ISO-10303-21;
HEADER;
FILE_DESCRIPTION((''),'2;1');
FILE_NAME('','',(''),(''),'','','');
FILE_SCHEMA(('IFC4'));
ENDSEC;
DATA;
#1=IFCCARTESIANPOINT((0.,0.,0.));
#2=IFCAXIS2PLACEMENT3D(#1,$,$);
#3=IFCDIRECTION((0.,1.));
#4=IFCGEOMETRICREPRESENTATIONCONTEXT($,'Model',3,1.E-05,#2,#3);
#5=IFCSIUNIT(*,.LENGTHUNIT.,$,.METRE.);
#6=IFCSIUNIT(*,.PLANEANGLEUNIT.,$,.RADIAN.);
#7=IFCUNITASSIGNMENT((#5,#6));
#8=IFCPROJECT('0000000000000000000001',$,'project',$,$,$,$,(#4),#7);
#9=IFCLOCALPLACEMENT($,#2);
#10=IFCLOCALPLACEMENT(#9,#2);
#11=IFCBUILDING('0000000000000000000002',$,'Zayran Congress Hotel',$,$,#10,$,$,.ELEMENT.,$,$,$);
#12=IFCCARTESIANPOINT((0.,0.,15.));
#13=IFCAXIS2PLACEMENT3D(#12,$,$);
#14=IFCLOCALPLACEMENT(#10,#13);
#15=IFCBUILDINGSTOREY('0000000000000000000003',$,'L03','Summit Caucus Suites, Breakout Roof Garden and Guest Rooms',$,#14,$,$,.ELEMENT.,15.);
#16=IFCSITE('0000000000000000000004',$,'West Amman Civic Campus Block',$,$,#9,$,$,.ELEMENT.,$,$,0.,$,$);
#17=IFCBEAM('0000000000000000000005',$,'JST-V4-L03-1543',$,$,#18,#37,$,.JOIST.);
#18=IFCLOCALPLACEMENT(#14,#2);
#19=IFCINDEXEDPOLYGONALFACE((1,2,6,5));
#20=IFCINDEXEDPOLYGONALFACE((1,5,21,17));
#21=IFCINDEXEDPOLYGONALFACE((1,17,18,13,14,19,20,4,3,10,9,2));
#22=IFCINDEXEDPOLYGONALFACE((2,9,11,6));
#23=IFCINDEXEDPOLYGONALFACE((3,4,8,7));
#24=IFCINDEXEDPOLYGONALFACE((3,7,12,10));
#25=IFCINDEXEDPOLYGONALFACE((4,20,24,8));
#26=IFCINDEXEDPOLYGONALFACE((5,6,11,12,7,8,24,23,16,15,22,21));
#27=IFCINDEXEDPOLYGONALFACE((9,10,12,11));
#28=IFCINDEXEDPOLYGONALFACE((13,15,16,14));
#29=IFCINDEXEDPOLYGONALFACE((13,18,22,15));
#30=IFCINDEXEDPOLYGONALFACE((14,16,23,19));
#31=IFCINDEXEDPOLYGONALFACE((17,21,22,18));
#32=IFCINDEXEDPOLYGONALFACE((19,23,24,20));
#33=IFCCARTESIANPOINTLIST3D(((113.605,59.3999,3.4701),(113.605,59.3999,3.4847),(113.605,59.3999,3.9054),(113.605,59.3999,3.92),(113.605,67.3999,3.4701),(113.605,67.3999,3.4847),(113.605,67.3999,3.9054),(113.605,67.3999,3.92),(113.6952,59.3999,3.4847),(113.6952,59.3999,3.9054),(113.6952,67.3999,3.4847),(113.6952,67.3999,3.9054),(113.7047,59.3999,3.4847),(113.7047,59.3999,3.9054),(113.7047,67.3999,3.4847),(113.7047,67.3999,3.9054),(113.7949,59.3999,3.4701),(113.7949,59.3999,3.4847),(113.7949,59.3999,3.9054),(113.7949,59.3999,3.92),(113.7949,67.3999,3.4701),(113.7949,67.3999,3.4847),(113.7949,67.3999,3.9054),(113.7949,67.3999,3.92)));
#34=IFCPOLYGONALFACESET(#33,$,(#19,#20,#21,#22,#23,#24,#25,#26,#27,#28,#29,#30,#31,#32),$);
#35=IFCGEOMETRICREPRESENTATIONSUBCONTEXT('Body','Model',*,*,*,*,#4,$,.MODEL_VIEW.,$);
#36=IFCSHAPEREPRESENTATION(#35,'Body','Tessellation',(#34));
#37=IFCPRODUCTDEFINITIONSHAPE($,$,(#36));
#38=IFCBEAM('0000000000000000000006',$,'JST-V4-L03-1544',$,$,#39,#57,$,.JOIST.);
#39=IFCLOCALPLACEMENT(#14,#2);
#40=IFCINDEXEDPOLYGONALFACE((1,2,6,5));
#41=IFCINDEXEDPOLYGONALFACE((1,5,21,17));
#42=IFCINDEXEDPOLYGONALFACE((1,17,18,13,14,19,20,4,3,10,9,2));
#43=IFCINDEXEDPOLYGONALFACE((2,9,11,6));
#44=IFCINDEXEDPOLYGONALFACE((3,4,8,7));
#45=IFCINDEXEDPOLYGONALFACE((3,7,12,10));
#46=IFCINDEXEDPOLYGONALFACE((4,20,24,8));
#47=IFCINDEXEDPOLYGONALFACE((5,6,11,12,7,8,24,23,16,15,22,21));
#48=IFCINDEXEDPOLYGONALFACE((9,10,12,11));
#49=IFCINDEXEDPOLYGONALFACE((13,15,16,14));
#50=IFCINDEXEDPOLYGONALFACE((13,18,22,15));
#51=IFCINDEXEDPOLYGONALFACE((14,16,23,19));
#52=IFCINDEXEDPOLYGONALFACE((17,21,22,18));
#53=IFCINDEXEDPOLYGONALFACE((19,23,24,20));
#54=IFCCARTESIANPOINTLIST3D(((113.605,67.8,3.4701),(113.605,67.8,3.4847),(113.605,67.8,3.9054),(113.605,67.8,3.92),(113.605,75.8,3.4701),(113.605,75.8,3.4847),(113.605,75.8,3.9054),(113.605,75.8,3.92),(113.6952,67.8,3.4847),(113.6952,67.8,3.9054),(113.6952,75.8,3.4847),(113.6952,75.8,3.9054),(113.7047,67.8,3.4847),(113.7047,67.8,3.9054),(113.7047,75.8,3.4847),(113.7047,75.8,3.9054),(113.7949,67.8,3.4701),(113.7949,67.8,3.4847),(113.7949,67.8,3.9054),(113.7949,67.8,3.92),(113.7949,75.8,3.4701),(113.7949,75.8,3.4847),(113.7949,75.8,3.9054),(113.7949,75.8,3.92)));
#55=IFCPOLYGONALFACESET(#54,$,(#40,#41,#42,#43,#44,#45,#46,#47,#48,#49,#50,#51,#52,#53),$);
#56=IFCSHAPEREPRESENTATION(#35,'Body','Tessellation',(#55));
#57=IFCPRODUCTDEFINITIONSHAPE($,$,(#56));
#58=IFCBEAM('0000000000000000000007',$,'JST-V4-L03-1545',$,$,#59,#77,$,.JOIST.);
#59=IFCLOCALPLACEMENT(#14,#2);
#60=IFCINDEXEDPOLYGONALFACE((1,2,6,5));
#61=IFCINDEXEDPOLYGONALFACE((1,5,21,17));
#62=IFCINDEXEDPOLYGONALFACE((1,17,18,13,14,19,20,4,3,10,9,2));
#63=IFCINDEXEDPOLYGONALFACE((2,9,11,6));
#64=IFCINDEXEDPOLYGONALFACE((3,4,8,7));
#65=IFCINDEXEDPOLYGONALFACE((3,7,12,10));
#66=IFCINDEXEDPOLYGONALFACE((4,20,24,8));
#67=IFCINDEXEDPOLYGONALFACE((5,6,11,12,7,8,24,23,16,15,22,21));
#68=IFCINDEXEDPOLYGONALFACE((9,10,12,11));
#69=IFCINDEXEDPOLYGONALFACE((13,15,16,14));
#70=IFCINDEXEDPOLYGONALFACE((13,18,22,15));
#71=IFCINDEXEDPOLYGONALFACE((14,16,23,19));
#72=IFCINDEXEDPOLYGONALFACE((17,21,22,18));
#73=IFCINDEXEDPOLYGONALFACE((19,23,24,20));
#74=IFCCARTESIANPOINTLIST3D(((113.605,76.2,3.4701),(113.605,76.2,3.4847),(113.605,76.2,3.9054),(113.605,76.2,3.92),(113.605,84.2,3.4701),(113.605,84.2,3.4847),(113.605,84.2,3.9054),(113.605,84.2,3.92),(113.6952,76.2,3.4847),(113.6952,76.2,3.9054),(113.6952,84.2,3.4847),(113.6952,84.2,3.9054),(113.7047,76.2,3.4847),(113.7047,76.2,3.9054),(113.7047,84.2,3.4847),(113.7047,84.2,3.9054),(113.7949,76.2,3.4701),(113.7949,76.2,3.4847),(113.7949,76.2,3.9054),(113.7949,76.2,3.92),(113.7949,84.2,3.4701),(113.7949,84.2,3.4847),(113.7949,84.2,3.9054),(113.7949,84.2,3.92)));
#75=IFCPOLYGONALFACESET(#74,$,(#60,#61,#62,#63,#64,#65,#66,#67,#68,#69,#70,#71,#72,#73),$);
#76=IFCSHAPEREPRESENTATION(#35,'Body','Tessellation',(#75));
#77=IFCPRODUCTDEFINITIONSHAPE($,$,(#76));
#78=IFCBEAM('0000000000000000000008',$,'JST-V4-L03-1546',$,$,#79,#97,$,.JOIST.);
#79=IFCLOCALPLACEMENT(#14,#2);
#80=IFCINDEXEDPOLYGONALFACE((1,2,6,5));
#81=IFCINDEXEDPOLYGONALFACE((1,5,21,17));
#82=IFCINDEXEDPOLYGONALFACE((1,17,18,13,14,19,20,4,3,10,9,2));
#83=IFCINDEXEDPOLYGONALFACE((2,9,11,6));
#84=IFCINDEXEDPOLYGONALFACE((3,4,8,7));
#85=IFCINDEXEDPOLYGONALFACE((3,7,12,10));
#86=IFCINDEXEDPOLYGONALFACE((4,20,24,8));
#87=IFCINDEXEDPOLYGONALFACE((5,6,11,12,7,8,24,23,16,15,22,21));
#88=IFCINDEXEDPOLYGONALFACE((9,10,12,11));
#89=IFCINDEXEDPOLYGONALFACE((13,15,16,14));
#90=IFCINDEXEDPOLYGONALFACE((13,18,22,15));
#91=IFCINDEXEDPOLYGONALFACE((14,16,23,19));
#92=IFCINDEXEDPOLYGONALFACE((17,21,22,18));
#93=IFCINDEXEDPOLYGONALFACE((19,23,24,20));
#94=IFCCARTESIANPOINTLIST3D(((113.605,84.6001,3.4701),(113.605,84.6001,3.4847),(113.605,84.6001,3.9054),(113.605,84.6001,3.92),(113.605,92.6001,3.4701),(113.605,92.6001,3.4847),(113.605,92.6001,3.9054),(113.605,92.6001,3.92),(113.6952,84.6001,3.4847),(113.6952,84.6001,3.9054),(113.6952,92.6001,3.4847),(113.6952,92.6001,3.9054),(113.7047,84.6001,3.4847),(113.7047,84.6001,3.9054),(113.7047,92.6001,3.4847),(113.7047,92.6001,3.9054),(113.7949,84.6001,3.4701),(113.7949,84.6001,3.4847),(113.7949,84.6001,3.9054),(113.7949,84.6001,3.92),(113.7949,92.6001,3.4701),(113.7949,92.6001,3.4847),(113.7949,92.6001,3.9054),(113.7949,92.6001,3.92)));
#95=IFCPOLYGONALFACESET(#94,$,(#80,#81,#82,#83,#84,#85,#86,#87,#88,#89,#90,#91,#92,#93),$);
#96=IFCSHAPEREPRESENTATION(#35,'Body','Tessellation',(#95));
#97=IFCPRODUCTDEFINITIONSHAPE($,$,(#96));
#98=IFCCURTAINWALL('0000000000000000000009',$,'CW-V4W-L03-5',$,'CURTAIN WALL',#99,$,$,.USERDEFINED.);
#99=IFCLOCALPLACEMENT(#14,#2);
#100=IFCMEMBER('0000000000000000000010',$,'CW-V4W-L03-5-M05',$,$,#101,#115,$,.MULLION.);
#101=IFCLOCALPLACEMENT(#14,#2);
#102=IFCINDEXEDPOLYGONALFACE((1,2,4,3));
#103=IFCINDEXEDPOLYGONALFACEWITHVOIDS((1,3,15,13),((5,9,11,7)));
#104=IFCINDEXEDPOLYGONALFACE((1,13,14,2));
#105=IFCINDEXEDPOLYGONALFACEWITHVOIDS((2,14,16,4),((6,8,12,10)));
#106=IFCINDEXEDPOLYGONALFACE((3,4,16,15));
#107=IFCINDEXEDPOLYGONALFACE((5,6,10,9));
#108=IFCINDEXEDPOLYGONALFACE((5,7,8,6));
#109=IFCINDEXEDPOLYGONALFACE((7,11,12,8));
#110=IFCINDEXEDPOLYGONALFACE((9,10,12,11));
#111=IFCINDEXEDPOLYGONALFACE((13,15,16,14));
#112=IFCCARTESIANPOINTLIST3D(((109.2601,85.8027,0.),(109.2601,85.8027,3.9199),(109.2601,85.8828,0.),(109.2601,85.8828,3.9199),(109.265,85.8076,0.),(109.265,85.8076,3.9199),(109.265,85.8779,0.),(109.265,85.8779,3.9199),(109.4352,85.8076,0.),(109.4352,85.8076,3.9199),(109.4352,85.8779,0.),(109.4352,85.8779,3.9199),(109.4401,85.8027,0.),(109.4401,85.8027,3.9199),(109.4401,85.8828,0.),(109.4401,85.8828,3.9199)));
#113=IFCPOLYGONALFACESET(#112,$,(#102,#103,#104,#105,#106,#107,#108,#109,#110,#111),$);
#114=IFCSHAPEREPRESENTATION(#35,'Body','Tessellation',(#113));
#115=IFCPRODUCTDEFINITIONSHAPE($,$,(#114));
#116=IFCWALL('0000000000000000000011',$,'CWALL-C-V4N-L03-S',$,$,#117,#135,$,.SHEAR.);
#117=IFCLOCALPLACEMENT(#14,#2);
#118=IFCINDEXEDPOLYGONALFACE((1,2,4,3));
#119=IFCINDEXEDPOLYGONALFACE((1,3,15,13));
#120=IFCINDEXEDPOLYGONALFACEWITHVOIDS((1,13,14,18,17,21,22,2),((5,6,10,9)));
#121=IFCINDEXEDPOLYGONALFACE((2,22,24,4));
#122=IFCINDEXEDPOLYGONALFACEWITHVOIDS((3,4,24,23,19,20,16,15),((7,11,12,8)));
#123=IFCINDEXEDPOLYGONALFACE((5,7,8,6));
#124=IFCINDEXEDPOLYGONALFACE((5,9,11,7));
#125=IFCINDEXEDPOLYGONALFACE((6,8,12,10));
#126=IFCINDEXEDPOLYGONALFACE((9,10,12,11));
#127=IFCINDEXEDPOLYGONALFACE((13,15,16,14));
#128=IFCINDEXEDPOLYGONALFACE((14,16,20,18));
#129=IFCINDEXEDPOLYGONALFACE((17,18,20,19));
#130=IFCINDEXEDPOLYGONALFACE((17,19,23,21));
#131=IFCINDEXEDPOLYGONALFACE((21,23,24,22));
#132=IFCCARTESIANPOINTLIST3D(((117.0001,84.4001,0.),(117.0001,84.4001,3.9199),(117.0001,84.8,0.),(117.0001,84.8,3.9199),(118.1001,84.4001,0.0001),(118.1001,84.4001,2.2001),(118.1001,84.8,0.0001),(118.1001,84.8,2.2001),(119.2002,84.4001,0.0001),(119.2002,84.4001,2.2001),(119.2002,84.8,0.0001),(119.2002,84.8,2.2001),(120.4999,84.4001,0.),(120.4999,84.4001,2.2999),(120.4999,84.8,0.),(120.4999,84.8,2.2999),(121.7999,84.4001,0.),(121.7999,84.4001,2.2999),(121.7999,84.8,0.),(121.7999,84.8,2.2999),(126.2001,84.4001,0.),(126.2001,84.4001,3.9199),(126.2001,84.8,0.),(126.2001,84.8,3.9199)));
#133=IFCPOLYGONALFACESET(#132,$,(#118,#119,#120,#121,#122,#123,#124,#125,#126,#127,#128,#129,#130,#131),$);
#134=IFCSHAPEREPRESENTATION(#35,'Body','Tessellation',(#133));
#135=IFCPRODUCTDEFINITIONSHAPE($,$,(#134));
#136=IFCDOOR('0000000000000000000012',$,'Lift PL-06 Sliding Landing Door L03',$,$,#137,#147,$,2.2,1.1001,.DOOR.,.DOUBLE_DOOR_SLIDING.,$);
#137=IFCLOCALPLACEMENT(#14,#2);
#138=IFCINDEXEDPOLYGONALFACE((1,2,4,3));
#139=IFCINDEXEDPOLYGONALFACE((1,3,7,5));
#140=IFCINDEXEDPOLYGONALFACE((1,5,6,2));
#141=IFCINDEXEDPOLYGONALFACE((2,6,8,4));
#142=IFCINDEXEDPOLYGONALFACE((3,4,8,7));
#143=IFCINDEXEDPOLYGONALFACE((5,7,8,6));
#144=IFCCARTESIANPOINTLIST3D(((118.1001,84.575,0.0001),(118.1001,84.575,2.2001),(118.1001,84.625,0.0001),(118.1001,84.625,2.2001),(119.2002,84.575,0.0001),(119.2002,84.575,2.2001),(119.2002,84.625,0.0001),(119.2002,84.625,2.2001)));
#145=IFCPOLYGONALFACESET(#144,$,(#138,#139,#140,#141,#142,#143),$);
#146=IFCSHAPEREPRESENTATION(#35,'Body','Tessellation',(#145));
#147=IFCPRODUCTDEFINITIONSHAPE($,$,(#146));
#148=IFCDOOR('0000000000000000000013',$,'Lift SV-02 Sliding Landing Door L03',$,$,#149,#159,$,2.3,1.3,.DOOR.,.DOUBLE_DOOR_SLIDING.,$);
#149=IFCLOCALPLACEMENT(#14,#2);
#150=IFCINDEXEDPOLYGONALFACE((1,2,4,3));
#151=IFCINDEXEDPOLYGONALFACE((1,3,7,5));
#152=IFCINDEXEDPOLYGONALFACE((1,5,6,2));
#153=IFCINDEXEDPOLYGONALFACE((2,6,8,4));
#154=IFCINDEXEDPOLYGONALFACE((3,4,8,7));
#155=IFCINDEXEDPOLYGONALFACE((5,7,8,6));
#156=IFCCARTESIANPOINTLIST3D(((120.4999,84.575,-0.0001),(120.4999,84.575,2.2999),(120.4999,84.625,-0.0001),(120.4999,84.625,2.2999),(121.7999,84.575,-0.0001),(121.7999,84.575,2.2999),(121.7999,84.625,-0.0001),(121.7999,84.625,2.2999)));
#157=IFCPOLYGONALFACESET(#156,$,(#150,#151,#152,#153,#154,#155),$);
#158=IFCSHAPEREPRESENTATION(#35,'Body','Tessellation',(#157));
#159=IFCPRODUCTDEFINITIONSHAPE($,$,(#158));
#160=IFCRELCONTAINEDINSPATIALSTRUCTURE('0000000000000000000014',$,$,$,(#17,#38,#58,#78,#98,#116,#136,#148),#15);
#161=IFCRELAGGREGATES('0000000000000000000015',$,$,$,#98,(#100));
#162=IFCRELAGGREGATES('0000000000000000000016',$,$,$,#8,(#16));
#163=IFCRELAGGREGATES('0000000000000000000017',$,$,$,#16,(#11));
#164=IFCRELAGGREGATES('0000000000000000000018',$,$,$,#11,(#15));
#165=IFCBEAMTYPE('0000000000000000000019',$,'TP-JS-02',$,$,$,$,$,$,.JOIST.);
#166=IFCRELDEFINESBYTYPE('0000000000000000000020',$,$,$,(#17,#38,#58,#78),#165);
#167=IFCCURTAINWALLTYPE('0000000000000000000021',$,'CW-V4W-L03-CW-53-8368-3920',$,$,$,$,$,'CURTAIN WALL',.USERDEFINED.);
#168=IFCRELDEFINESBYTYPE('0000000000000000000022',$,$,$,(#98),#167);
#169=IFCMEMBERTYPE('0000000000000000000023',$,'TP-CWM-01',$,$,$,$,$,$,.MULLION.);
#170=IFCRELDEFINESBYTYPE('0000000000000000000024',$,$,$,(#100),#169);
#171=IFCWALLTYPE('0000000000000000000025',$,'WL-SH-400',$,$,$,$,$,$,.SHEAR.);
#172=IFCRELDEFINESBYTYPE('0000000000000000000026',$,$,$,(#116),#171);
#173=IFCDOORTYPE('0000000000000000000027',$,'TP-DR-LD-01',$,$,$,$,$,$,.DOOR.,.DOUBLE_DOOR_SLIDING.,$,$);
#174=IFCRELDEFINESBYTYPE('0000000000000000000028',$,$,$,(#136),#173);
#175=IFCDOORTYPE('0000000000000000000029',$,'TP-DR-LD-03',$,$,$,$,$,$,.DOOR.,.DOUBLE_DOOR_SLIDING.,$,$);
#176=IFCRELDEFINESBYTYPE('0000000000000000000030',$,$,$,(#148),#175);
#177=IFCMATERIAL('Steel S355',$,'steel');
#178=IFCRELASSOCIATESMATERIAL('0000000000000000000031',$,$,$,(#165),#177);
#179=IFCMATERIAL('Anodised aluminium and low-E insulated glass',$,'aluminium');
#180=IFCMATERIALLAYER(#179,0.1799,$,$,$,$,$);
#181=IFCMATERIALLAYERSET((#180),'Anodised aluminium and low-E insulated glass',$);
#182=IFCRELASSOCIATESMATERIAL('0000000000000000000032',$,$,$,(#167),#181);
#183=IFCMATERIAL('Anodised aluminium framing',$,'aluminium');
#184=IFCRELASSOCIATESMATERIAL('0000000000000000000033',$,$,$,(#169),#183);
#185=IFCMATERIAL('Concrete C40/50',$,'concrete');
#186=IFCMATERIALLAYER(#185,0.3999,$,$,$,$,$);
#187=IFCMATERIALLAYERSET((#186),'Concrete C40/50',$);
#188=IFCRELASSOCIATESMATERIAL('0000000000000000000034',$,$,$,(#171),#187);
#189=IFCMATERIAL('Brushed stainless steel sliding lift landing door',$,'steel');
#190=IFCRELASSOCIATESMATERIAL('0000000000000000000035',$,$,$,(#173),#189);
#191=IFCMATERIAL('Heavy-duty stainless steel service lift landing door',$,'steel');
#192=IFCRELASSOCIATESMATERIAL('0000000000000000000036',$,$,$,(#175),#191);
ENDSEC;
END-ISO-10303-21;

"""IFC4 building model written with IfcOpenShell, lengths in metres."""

from ifc_helpers import new_model, si_unit, direction, frame, frame_2d, origin, origin_2d, place, context, subcontext, project, spatial, rectangle, hollow_rectangle, i_section, extrude, material, layer, layer_set, material_profile, profile_set, type_object, element, fill, aggregate, save


model = new_model("IFC4")

# Units and contexts
model_context = context("Model", 3, precision=1e-05, world=origin(), true_north=direction((0.0, 1.0)))
body_context = subcontext(model_context, "Body", "Model", "MODEL_VIEW")
ifc_project = project(units=[si_unit("LENGTHUNIT", "METRE"), si_unit("PLANEANGLEUNIT", "RADIAN")], contexts=[model_context])

# Site, building, storey
site_placement = place(None, origin())
site = spatial("IfcSite", under=ifc_project, at=site_placement, Name="West Amman Civic Campus Block", CompositionType="ELEMENT", RefElevation=0.0)
building_placement = place(site_placement, origin())
building = spatial("IfcBuilding", under=site, at=building_placement, Name="Zayran Congress Hotel", CompositionType="ELEMENT")
storey_placement = place(building_placement, frame((0.0, 0.0, 15.0)))
storey = spatial("IfcBuildingStorey", under=building, at=storey_placement, Name="L03", Description="Summit Caucus Suites, Breakout Roof Garden and Guest Rooms", CompositionType="ELEMENT", Elevation=15.0)

# Shared definitions
ifc_material_1 = material(Name="Concrete C40/50", Category="concrete")

# Beams
ifc_material_2 = material(Name="Steel S355", Category="steel")
ifc_material_profile_1 = material_profile(ifc_material_2, i_section(OverallWidth=0.1899, OverallDepth=0.45, WebThickness=0.0095, FlangeThickness=0.0146, at=origin_2d()), Name="IPE 450")
ifc_profile_set_1 = profile_set([ifc_material_profile_1], Name="Steel S355")
beam_type_1 = type_object("IfcBeamType", Name="TP-JS-02", PredefinedType="JOIST", material=ifc_profile_set_1)
for number, where, z_axis, x_axis, name in (
    (1, (113.7, 59.3999, 3.6951), (0.0, 1.0, 0.0), (-1.0, 0.0, 0.0), "JST-V4-L03-1543"),
    (2, (113.7, 67.8, 3.6951), (0.0, 1.0, 0.0), (-1.0, 0.0, 0.0), "JST-V4-L03-1544"),
    (3, (113.7, 76.2, 3.6951), (0.0, 1.0, 0.0), (-1.0, 0.0, 0.0), "JST-V4-L03-1545"),
    (4, (113.7, 84.6001, 3.6951), (0.0, 1.0, 0.0), (-1.0, 0.0, 0.0), "JST-V4-L03-1546"),
):
    element("IfcBeam", number, at=place(storey_placement, frame(where, z_axis=z_axis, x_axis=x_axis)), inside=storey, type_object=beam_type_1, Name=name, PredefinedType="JOIST", context=body_context, shape_type="SweptSolid", body=[
        extrude(i_section(OverallWidth=0.1899, OverallDepth=0.45, WebThickness=0.0095, FlangeThickness=0.0146, at=origin_2d()), origin(), (0.0, 0.0, 1.0), 8.0),
    ])

# Curtain wall, member
ifc_material_3 = material(Name="Anodised aluminium and low-E insulated glass", Category="aluminium")
ifc_layer_1 = layer(ifc_material_3, 0.1799)
ifc_layer_set_1 = layer_set([ifc_layer_1], Name="Anodised aluminium and low-E insulated glass")
curtain_wall_type = type_object("IfcCurtainWallType", Name="CW-V4W-L03-CW-53-8368-3920", ElementType="CURTAIN WALL", PredefinedType="USERDEFINED", material=ifc_layer_set_1)
curtain_wall_placement = place(storey_placement, origin())
curtain_wall = element("IfcCurtainWall", 5, at=curtain_wall_placement, inside=storey, type_object=curtain_wall_type, Name="CW-V4W-L03-5", ObjectType="CURTAIN WALL", PredefinedType="USERDEFINED")
ifc_material_4 = material(Name="Anodised aluminium framing", Category="aluminium")
ifc_material_profile_2 = material_profile(ifc_material_4, hollow_rectangle(XDim=0.0801, YDim=0.1799, WallThickness=0.0049, at=origin_2d()), Name="RHS 180x80x5")
ifc_profile_set_2 = profile_set([ifc_material_profile_2], Name="Anodised aluminium framing")
member_type = type_object("IfcMemberType", Name="TP-CWM-01", PredefinedType="MULLION", material=ifc_profile_set_2)
member_placement = place(storey_placement, frame((109.3501, 85.8428, 0.0), z_axis=(0.0, 0.0, 1.0), x_axis=(0.0, 1.0, 0.0)))
member = element("IfcMember", 6, at=member_placement, type_object=member_type, Name="CW-V4W-L03-5-M05", PredefinedType="MULLION", context=body_context, shape_type="SweptSolid", body=[
    extrude(hollow_rectangle(XDim=0.0801, YDim=0.1799, WallThickness=0.0049, at=origin_2d()), origin(), (0.0, 0.0, 1.0), 3.9199),
])
aggregate(curtain_wall, [member])

# Wall, openings, doors
ifc_layer_2 = layer(ifc_material_1, 0.3999)
ifc_layer_set_2 = layer_set([ifc_layer_2], Name="Concrete C40/50")
wall_type_1 = type_object("IfcWallType", Name="WL-SH-400", PredefinedType="SHEAR", material=ifc_layer_set_2)
wall_1_placement = place(storey_placement, frame((117.0, 84.6001, 0.0), z_axis=(0.0, 0.0, 1.0), x_axis=(1.0, 0.0, 0.0)))
wall_1 = element("IfcWall", 7, at=wall_1_placement, inside=storey, type_object=wall_type_1, Name="CWALL-C-V4N-L03-S", PredefinedType="SHEAR", context=body_context, shape_type="SweptSolid", body=[
    extrude(rectangle(XDim=9.2, YDim=0.3999, at=frame_2d((4.6001, 0.0))), origin(), (0.0, 0.0, 1.0), 3.9199),
])
opening_1_placement = place(wall_1_placement, frame((1.1001, 0.0, 0.0)))
opening_1 = element("IfcOpeningElement", 8, at=opening_1_placement, cuts=wall_1, PredefinedType="OPENING", context=body_context, shape_type="SweptSolid", body=[
    extrude(rectangle(XDim=1.1001, YDim=2.2, at=frame_2d((0.55, 1.1001))), frame((0.0, 0.21, 0.0), z_axis=(0.0, -1.0, 0.0), x_axis=(1.0, 0.0, 0.0)), (0.0, 0.0, 1.0), 0.4199),
])
opening_2_placement = place(wall_1_placement, frame((3.5, 0.0, 0.0)))
opening_2 = element("IfcOpeningElement", 9, at=opening_2_placement, cuts=wall_1, PredefinedType="OPENING", context=body_context, shape_type="SweptSolid", body=[
    extrude(rectangle(XDim=1.3, YDim=2.3, at=frame_2d((0.6499, 1.1499))), frame((0.0, 0.21, 0.0), z_axis=(0.0, -1.0, 0.0), x_axis=(1.0, 0.0, 0.0)), (0.0, 0.0, 1.0), 0.4199),
])
ifc_material_5 = material(Name="Brushed stainless steel sliding lift landing door", Category="steel")
door_type_1 = type_object("IfcDoorType", Name="TP-DR-LD-01", OperationType="DOUBLE_DOOR_SLIDING", PredefinedType="DOOR", material=ifc_material_5)
door_1_placement = place(opening_1_placement, origin())
door_1 = element("IfcDoor", 10, at=door_1_placement, inside=storey, type_object=door_type_1, Name="Lift PL-06 Sliding Landing Door L03", OperationType="DOUBLE_DOOR_SLIDING", OverallHeight=2.2, OverallWidth=1.1001, PredefinedType="DOOR", context=body_context, shape_type="SweptSolid", body=[
    extrude(rectangle(XDim=1.1001, YDim=2.2, at=frame_2d((0.55, 1.1001))), frame((0.0, 0.0249, 0.0), z_axis=(0.0, -1.0, 0.0), x_axis=(1.0, 0.0, 0.0)), (0.0, 0.0, 1.0), 0.05),
])
fill(opening_1, door_1)
ifc_material_6 = material(Name="Heavy-duty stainless steel service lift landing door", Category="steel")
door_type_2 = type_object("IfcDoorType", Name="TP-DR-LD-03", OperationType="DOUBLE_DOOR_SLIDING", PredefinedType="DOOR", material=ifc_material_6)
door_2_placement = place(opening_2_placement, origin())
door_2 = element("IfcDoor", 11, at=door_2_placement, inside=storey, type_object=door_type_2, Name="Lift SV-02 Sliding Landing Door L03", OperationType="DOUBLE_DOOR_SLIDING", OverallHeight=2.3, OverallWidth=1.3, PredefinedType="DOOR", context=body_context, shape_type="SweptSolid", body=[
    extrude(rectangle(XDim=1.3, YDim=2.3, at=frame_2d((0.6499, 1.1499))), frame((0.0, 0.0249, 0.0), z_axis=(0.0, -1.0, 0.0), x_axis=(1.0, 0.0, 0.0)), (0.0, 0.0, 1.0), 0.05),
])
fill(opening_2, door_2)

save(model, "model.ifc")
